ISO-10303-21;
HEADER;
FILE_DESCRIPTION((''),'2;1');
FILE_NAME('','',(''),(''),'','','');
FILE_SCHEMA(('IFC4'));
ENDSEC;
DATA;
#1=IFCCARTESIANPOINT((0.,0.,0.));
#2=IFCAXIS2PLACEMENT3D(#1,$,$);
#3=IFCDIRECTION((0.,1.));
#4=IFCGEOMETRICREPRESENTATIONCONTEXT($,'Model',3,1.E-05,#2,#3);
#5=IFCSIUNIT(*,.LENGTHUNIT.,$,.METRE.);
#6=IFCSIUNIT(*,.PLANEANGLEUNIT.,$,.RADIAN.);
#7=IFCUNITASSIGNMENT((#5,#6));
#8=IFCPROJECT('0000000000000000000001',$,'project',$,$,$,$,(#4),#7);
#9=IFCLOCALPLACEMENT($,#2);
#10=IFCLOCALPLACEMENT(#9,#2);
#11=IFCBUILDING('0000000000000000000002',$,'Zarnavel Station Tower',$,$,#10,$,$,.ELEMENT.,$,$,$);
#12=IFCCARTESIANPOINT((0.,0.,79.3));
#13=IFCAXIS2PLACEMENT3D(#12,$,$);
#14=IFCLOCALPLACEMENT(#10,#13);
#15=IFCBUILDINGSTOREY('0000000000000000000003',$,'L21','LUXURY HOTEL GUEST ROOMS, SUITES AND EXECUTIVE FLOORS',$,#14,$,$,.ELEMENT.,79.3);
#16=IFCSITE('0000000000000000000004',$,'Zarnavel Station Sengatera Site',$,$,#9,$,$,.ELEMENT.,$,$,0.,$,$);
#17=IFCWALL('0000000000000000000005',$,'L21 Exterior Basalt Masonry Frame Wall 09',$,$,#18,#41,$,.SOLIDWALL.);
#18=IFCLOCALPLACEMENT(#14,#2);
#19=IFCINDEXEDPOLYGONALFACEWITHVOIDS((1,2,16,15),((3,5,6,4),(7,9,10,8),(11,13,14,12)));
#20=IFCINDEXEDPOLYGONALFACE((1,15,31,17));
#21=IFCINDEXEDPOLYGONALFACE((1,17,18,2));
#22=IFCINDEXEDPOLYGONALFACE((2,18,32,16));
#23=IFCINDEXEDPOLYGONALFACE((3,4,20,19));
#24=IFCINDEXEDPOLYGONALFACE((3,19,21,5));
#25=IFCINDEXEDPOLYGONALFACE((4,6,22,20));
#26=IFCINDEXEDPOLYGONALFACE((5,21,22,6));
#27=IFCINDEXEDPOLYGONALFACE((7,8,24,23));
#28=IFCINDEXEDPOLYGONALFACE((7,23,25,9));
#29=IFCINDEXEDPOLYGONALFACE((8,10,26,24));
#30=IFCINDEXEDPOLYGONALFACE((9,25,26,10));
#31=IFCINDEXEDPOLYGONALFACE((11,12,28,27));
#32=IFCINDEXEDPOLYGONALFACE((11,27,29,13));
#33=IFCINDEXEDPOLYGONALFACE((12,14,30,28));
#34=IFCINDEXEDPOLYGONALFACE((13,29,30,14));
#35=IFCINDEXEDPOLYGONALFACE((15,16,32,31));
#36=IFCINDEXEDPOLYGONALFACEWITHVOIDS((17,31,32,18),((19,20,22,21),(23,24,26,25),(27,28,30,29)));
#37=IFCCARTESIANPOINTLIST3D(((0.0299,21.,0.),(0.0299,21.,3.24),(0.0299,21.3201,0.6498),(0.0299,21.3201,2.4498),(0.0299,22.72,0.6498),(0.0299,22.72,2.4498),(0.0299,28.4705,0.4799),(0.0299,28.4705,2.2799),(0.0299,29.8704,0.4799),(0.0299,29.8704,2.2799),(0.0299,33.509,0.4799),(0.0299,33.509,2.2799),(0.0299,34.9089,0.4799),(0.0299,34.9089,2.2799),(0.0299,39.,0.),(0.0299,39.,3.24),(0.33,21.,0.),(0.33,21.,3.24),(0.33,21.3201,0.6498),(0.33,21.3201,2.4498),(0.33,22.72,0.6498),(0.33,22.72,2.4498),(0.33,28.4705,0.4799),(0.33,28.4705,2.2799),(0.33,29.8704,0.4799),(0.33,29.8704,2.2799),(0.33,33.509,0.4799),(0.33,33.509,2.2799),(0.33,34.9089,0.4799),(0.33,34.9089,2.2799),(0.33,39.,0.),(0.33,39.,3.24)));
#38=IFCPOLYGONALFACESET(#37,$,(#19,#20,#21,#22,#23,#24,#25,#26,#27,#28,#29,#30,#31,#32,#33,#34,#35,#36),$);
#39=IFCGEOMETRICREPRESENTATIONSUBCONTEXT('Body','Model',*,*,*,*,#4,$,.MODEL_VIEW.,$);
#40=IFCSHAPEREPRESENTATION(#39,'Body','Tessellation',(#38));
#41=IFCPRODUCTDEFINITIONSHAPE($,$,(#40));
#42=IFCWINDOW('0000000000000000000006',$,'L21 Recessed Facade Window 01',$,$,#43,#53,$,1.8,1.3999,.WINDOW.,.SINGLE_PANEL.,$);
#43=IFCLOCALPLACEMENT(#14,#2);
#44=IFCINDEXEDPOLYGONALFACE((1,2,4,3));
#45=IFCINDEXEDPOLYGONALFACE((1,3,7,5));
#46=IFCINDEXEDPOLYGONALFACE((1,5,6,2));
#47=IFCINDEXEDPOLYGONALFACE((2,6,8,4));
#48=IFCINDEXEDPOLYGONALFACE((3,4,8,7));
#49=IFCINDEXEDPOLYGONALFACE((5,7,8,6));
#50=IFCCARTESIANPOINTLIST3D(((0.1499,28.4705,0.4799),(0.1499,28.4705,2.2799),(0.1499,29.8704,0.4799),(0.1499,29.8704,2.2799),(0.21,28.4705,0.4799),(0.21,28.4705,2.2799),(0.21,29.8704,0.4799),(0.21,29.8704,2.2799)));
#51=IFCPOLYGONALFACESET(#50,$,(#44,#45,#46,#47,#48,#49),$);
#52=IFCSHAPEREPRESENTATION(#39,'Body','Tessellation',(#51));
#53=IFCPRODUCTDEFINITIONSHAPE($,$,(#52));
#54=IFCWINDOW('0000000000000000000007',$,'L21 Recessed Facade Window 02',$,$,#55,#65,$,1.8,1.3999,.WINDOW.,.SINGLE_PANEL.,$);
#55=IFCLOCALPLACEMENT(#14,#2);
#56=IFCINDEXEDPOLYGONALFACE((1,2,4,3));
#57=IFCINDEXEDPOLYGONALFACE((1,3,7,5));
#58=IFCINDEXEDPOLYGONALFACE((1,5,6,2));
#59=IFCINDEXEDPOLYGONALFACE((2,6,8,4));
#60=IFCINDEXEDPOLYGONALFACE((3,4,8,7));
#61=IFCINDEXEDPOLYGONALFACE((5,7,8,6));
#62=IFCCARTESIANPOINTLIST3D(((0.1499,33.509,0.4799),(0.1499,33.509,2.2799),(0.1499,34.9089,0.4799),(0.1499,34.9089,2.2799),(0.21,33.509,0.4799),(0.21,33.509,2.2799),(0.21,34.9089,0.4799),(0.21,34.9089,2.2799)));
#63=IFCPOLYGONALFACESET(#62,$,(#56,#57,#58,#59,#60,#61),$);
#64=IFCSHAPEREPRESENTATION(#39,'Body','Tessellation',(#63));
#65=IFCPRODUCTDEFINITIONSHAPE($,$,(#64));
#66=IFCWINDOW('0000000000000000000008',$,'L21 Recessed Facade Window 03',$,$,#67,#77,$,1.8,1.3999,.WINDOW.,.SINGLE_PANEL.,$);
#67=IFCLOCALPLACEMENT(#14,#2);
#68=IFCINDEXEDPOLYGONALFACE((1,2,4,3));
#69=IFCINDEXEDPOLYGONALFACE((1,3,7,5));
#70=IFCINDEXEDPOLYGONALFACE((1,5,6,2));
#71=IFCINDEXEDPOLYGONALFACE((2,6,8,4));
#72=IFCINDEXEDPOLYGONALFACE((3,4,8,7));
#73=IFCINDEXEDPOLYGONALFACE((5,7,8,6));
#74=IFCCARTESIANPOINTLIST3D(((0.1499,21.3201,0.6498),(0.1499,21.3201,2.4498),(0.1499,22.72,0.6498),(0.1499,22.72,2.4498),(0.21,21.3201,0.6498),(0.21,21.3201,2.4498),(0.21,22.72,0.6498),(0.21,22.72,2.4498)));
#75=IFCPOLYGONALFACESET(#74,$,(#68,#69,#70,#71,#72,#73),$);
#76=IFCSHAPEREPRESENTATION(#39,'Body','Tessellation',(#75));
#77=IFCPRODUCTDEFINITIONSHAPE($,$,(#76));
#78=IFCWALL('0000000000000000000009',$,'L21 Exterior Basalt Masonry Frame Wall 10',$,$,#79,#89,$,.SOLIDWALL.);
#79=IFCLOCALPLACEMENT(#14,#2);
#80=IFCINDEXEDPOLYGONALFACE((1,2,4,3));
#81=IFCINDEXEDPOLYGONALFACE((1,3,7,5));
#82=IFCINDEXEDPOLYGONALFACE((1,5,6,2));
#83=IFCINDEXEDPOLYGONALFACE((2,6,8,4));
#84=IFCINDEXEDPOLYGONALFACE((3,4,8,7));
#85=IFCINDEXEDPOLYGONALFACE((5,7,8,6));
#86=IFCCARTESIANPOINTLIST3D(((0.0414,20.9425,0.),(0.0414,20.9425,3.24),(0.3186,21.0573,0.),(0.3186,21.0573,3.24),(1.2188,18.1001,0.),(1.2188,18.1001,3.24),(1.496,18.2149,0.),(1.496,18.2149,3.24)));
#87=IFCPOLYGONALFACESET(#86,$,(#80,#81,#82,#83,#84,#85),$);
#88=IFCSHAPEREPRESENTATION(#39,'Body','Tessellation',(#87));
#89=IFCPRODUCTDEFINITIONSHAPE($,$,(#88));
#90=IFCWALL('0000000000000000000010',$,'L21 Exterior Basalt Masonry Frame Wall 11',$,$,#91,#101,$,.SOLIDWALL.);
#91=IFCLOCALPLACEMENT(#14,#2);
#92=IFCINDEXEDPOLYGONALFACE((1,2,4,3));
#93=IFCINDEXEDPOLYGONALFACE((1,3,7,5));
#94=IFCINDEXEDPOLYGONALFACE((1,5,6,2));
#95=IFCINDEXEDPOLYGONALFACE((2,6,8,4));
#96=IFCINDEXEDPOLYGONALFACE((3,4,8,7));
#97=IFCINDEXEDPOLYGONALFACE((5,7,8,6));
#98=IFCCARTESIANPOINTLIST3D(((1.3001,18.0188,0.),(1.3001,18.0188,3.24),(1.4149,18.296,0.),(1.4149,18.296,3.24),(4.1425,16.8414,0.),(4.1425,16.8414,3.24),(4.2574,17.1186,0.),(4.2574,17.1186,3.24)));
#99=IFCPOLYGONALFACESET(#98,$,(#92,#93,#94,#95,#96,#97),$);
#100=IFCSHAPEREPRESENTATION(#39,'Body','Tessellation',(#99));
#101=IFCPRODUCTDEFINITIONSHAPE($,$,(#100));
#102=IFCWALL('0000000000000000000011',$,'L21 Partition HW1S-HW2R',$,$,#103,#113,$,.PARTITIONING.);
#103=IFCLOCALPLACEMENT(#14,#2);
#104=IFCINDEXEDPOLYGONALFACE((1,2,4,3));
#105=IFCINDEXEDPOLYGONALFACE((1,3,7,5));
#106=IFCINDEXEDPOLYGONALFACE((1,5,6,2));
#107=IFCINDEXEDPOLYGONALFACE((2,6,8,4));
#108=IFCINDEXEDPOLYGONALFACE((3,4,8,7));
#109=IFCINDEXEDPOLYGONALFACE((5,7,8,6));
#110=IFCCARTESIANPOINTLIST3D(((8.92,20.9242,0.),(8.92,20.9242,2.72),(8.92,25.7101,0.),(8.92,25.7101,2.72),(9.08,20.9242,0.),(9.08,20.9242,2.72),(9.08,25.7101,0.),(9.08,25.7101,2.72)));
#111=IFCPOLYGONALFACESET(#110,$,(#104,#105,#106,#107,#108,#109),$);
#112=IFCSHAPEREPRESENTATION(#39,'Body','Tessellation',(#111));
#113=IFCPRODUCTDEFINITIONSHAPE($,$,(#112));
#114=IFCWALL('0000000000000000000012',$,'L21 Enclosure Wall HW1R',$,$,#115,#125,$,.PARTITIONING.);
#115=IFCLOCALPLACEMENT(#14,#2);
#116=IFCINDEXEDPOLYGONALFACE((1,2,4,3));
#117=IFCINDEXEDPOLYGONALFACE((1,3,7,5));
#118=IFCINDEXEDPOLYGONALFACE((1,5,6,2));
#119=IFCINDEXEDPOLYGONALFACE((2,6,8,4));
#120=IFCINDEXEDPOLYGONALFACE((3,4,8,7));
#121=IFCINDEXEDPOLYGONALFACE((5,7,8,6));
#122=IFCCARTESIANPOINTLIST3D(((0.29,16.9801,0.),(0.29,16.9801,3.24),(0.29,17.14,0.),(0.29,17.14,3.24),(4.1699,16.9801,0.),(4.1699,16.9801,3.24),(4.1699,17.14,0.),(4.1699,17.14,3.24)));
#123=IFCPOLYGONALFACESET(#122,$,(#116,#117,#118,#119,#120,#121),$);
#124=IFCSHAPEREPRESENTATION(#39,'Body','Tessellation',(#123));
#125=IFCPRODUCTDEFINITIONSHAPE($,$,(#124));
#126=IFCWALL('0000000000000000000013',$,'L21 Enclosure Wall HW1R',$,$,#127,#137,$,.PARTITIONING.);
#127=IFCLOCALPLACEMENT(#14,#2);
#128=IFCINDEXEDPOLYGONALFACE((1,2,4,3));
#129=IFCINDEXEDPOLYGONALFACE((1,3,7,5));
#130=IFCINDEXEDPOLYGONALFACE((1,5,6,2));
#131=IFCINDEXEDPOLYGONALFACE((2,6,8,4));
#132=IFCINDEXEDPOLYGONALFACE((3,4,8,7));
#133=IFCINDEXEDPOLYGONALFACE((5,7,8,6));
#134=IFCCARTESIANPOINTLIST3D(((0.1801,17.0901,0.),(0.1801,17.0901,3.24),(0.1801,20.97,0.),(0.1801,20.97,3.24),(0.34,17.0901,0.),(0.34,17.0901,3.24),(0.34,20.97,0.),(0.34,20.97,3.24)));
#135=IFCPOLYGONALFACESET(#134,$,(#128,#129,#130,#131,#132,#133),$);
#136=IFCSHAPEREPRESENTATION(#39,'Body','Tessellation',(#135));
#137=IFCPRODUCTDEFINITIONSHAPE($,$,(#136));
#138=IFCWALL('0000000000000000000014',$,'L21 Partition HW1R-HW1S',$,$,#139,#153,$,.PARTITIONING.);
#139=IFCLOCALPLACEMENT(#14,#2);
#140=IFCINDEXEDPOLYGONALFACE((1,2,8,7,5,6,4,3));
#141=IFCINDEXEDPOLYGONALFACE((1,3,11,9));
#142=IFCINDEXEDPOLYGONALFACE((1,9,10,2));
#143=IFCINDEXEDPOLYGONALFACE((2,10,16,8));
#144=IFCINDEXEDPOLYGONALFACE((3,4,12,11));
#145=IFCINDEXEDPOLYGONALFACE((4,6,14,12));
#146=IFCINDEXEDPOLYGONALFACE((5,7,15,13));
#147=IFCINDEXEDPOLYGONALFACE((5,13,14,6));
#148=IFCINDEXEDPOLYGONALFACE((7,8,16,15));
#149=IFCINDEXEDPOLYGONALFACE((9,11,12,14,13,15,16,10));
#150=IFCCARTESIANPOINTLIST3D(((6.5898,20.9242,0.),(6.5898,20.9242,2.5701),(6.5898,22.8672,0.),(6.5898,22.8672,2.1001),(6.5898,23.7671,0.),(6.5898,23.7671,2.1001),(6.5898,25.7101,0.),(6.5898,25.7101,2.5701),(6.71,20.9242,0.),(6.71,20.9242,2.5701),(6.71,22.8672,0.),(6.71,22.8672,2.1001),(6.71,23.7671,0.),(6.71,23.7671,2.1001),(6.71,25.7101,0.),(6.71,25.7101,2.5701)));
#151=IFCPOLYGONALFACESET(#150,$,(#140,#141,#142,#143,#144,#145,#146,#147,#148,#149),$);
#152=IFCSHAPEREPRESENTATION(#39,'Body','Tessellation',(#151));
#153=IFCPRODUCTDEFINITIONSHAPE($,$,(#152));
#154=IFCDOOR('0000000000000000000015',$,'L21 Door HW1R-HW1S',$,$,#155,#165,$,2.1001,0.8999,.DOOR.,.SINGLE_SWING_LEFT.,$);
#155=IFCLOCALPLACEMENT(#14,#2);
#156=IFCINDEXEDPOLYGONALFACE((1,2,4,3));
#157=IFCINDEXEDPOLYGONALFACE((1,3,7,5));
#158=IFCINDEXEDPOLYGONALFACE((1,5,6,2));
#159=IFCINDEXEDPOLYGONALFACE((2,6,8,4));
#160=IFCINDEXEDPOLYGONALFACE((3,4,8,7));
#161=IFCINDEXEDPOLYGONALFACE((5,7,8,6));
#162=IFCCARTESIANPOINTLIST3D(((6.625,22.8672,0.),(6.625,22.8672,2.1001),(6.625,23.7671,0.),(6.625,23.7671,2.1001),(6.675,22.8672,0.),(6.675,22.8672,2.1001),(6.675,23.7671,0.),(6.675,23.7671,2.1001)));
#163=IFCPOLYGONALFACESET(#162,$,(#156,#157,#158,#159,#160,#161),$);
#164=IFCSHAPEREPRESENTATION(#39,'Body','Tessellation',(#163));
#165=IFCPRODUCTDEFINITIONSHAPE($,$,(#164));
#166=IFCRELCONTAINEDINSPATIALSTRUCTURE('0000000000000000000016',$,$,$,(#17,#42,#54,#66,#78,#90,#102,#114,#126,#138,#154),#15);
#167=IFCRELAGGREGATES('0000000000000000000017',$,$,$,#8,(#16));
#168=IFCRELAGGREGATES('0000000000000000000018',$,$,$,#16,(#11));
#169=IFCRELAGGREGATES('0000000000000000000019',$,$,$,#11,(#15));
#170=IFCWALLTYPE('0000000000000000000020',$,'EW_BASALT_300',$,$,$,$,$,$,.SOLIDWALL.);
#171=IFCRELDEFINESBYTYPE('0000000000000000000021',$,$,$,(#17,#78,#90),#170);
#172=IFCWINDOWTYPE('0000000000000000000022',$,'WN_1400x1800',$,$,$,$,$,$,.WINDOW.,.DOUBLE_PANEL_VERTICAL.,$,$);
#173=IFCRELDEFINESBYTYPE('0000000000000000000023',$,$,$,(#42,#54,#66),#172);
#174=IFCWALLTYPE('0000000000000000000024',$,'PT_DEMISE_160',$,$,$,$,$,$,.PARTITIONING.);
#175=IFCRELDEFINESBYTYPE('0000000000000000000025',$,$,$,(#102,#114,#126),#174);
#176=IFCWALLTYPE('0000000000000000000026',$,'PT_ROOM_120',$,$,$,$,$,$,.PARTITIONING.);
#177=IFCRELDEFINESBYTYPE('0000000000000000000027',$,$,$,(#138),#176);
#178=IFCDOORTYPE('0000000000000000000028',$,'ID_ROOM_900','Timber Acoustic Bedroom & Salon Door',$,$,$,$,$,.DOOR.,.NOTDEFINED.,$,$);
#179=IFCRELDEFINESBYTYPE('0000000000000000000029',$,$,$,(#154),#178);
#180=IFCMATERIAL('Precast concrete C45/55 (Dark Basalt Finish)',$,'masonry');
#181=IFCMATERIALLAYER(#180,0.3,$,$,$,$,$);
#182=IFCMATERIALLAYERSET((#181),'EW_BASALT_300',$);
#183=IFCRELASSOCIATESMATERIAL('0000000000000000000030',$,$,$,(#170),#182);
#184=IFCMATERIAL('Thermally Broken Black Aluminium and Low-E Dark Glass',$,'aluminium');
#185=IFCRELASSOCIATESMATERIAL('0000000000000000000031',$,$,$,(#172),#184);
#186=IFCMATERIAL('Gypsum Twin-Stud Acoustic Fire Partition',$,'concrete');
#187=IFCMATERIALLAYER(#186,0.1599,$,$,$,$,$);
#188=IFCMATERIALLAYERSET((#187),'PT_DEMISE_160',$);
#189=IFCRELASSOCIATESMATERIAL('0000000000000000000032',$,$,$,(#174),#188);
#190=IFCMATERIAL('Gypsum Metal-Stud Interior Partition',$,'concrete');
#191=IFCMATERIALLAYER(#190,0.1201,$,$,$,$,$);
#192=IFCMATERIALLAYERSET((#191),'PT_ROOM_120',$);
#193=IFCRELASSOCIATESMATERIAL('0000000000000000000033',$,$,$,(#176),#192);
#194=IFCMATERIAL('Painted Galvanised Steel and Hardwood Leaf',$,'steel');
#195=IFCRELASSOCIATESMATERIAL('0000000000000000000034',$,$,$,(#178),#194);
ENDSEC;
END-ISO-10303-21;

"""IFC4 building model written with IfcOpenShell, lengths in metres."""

from ifc_helpers import new_model, si_unit, direction, frame, frame_2d, origin, place, context, subcontext, project, spatial, rectangle, extrude, material, layer, layer_set, type_object, element, fill, save


model = new_model("IFC4")

# Units and contexts
model_context = context("Model", 3, precision=1e-05, world=origin(), true_north=direction((0.0, 1.0)))
body_context = subcontext(model_context, "Body", "Model", "MODEL_VIEW")
ifc_project = project(units=[si_unit("LENGTHUNIT", "METRE"), si_unit("PLANEANGLEUNIT", "RADIAN")], contexts=[model_context])

# Site, building, storey
site_placement = place(None, origin())
site = spatial("IfcSite", under=ifc_project, at=site_placement, Name="Zarnavel Station Sengatera Site", CompositionType="ELEMENT", RefElevation=0.0)
building_placement = place(site_placement, origin())
building = spatial("IfcBuilding", under=site, at=building_placement, Name="Zarnavel Station Tower", CompositionType="ELEMENT")
storey_placement = place(building_placement, frame((0.0, 0.0, 79.3)))
storey = spatial("IfcBuildingStorey", under=building, at=storey_placement, Name="L21", Description="LUXURY HOTEL GUEST ROOMS, SUITES AND EXECUTIVE FLOORS", CompositionType="ELEMENT", Elevation=79.3)

# Wall, openings, windows
ifc_material_1 = material(Name="Precast concrete C45/55 (Dark Basalt Finish)", Category="masonry")
ifc_layer_1 = layer(ifc_material_1, 0.3)
ifc_layer_set_1 = layer_set([ifc_layer_1], Name="EW_BASALT_300")
wall_type_1 = type_object("IfcWallType", Name="EW_BASALT_300", PredefinedType="SOLIDWALL", material=ifc_layer_set_1)
wall_1_placement = place(storey_placement, frame((0.1799, 21.0, 0.0), z_axis=(0.0, 0.0, 1.0), x_axis=(0.0, 1.0, 0.0)))
wall_1 = element("IfcWall", 1, at=wall_1_placement, inside=storey, type_object=wall_type_1, Name="L21 Exterior Basalt Masonry Frame Wall 09", PredefinedType="SOLIDWALL", context=body_context, shape_type="SweptSolid", body=[
    extrude(rectangle(XDim=18.0, YDim=0.3, at=frame_2d((9.0, 0.0))), origin(), (0.0, 0.0, 1.0), 3.24),
])
opening_1_placement = place(wall_1_placement, frame((7.4705, 0.0, 0.48)))
opening_1 = element("IfcOpeningElement", 2, at=opening_1_placement, cuts=wall_1, PredefinedType="OPENING", context=body_context, shape_type="SweptSolid", body=[
    extrude(rectangle(XDim=1.3999, YDim=1.8, at=frame_2d((0.7, 0.8999))), frame((0.0, 0.1599, 0.0), z_axis=(0.0, -1.0, 0.0), x_axis=(1.0, 0.0, 0.0)), (0.0, 0.0, 1.0), 0.3201),
])
opening_2_placement = place(wall_1_placement, frame((12.509, 0.0, 0.48)))
opening_2 = element("IfcOpeningElement", 3, at=opening_2_placement, cuts=wall_1, PredefinedType="OPENING", context=body_context, shape_type="SweptSolid", body=[
    extrude(rectangle(XDim=1.3999, YDim=1.8, at=frame_2d((0.7, 0.8999))), frame((0.0, 0.1599, 0.0), z_axis=(0.0, -1.0, 0.0), x_axis=(1.0, 0.0, 0.0)), (0.0, 0.0, 1.0), 0.3201),
])
opening_3_placement = place(wall_1_placement, frame((0.3201, 0.0, 0.6499)))
opening_3 = element("IfcOpeningElement", 4, at=opening_3_placement, cuts=wall_1, PredefinedType="OPENING", context=body_context, shape_type="SweptSolid", body=[
    extrude(rectangle(XDim=1.3999, YDim=1.8, at=frame_2d((0.7, 0.8999))), frame((0.0, 0.1599, 0.0), z_axis=(0.0, -1.0, 0.0), x_axis=(1.0, 0.0, 0.0)), (0.0, 0.0, 1.0), 0.3201),
])
ifc_material_2 = material(Name="Thermally Broken Black Aluminium and Low-E Dark Glass", Category="aluminium")
window_type = type_object("IfcWindowType", Name="WN_1400x1800", PartitioningType="DOUBLE_PANEL_VERTICAL", PredefinedType="WINDOW", material=ifc_material_2)
window_1_placement = place(opening_1_placement, origin())
window_1 = element("IfcWindow", 5, at=window_1_placement, inside=storey, type_object=window_type, Name="L21 Recessed Facade Window 01", OverallHeight=1.8, OverallWidth=1.3999, PartitioningType="SINGLE_PANEL", PredefinedType="WINDOW", context=body_context, shape_type="SweptSolid", body=[
    extrude(rectangle(XDim=1.3999, YDim=1.8, at=frame_2d((0.7, 0.8999))), frame((0.0, 0.03, 0.0), z_axis=(0.0, -1.0, 0.0), x_axis=(1.0, 0.0, 0.0)), (0.0, 0.0, 1.0), 0.0601),
])
fill(opening_1, window_1)
window_2_placement = place(opening_2_placement, origin())
window_2 = element("IfcWindow", 6, at=window_2_placement, inside=storey, type_object=window_type, Name="L21 Recessed Facade Window 02", OverallHeight=1.8, OverallWidth=1.3999, PartitioningType="SINGLE_PANEL", PredefinedType="WINDOW", context=body_context, shape_type="SweptSolid", body=[
    extrude(rectangle(XDim=1.3999, YDim=1.8, at=frame_2d((0.7, 0.8999))), frame((0.0, 0.03, 0.0), z_axis=(0.0, -1.0, 0.0), x_axis=(1.0, 0.0, 0.0)), (0.0, 0.0, 1.0), 0.0601),
])
fill(opening_2, window_2)
window_3_placement = place(opening_3_placement, origin())
window_3 = element("IfcWindow", 7, at=window_3_placement, inside=storey, type_object=window_type, Name="L21 Recessed Facade Window 03", OverallHeight=1.8, OverallWidth=1.3999, PartitioningType="SINGLE_PANEL", PredefinedType="WINDOW", context=body_context, shape_type="SweptSolid", body=[
    extrude(rectangle(XDim=1.3999, YDim=1.8, at=frame_2d((0.7, 0.8999))), frame((0.0, 0.03, 0.0), z_axis=(0.0, -1.0, 0.0), x_axis=(1.0, 0.0, 0.0)), (0.0, 0.0, 1.0), 0.0601),
])
fill(opening_3, window_3)

# Walls
for number, where, z_axis, x_axis, name in (
    (8, (1.3574, 18.1575, 0.0), (0.0, 0.0, 1.0), (-0.382705, 0.923871, 0.0), "L21 Exterior Basalt Masonry Frame Wall 10"),
    (9, (4.2, 16.98, 0.0), (0.0, 0.0, 1.0), (-0.923871, 0.382705, 0.0), "L21 Exterior Basalt Masonry Frame Wall 11"),
):
    element("IfcWall", number, at=place(storey_placement, frame(where, z_axis=z_axis, x_axis=x_axis)), inside=storey, type_object=wall_type_1, Name=name, PredefinedType="SOLIDWALL", context=body_context, shape_type="SweptSolid", body=[
        extrude(rectangle(XDim=3.0767, YDim=0.3, at=frame_2d((1.5383, 0.0))), origin(), (0.0, 0.0, 1.0), 3.24),
    ])
ifc_material_3 = material(Name="Gypsum Twin-Stud Acoustic Fire Partition", Category="concrete")
ifc_layer_2 = layer(ifc_material_3, 0.1599)
ifc_layer_set_2 = layer_set([ifc_layer_2], Name="PT_DEMISE_160")
wall_type_2 = type_object("IfcWallType", Name="PT_DEMISE_160", PredefinedType="PARTITIONING", material=ifc_layer_set_2)
wall_2_placement = place(storey_placement, frame((9.0, 20.9241, 0.0), z_axis=(0.0, 0.0, 1.0), x_axis=(0.0, 1.0, 0.0)))
element("IfcWall", 10, at=wall_2_placement, inside=storey, type_object=wall_type_2, Name="L21 Partition HW1S-HW2R", PredefinedType="PARTITIONING", context=body_context, shape_type="SweptSolid", body=[
    extrude(rectangle(XDim=4.7859, YDim=0.1599, at=frame_2d((2.3931, 0.0))), origin(), (0.0, 0.0, 1.0), 2.72),
])
for number, where, z_axis, x_axis, name in (
    (11, (0.29, 17.0601, 0.0), (0.0, 0.0, 1.0), (1.0, 0.0, 0.0), "L21 Enclosure Wall HW1R"),
    (12, (0.26, 17.0901, 0.0), (0.0, 0.0, 1.0), (0.0, 1.0, 0.0), "L21 Enclosure Wall HW1R"),
):
    element("IfcWall", number, at=place(storey_placement, frame(where, z_axis=z_axis, x_axis=x_axis)), inside=storey, type_object=wall_type_2, Name=name, PredefinedType="PARTITIONING", context=body_context, shape_type="SweptSolid", body=[
        extrude(rectangle(XDim=3.8799, YDim=0.1599, at=frame_2d((1.9399, 0.0))), origin(), (0.0, 0.0, 1.0), 3.24),
    ])

# Wall, opening, door
ifc_material_4 = material(Name="Gypsum Metal-Stud Interior Partition", Category="concrete")
ifc_layer_3 = layer(ifc_material_4, 0.1201)
ifc_layer_set_3 = layer_set([ifc_layer_3], Name="PT_ROOM_120")
wall_type_3 = type_object("IfcWallType", Name="PT_ROOM_120", PredefinedType="PARTITIONING", material=ifc_layer_set_3)
wall_3_placement = place(storey_placement, frame((6.6499, 20.9241, 0.0), z_axis=(0.0, 0.0, 1.0), x_axis=(0.0, 1.0, 0.0)))
wall_3 = element("IfcWall", 13, at=wall_3_placement, inside=storey, type_object=wall_type_3, Name="L21 Partition HW1R-HW1S", PredefinedType="PARTITIONING", context=body_context, shape_type="SweptSolid", body=[
    extrude(rectangle(XDim=4.7859, YDim=0.1201, at=frame_2d((2.3931, 0.0))), origin(), (0.0, 0.0, 1.0), 2.5701),
])
opening_4_placement = place(wall_3_placement, frame((1.9431, 0.0, 0.0)))
opening_4 = element("IfcOpeningElement", 14, at=opening_4_placement, cuts=wall_3, PredefinedType="OPENING", context=body_context, shape_type="SweptSolid", body=[
    extrude(rectangle(XDim=0.8999, YDim=2.1001, at=frame_2d((0.45, 1.05))), frame((0.0, 0.0701, 0.0), z_axis=(0.0, -1.0, 0.0), x_axis=(1.0, 0.0, 0.0)), (0.0, 0.0, 1.0), 0.1401),
])
ifc_material_5 = material(Name="Painted Galvanised Steel and Hardwood Leaf", Category="steel")
door_type_1 = type_object("IfcDoorType", Name="ID_ROOM_900", Description="Timber Acoustic Bedroom & Salon Door", OperationType="NOTDEFINED", PredefinedType="DOOR", material=ifc_material_5)
door_1_placement = place(opening_4_placement, origin())
door_1 = element("IfcDoor", 15, at=door_1_placement, inside=storey, type_object=door_type_1, Name="L21 Door HW1R-HW1S", OperationType="SINGLE_SWING_LEFT", OverallHeight=2.1001, OverallWidth=0.8999, PredefinedType="DOOR", context=body_context, shape_type="SweptSolid", body=[
    extrude(rectangle(XDim=0.8999, YDim=2.1001, at=frame_2d((0.45, 1.05))), frame((0.0, 0.0249, 0.0), z_axis=(0.0, -1.0, 0.0), x_axis=(1.0, 0.0, 0.0)), (0.0, 0.0, 1.0), 0.05),
])
fill(opening_4, door_1)

save(model, "model.ifc")
